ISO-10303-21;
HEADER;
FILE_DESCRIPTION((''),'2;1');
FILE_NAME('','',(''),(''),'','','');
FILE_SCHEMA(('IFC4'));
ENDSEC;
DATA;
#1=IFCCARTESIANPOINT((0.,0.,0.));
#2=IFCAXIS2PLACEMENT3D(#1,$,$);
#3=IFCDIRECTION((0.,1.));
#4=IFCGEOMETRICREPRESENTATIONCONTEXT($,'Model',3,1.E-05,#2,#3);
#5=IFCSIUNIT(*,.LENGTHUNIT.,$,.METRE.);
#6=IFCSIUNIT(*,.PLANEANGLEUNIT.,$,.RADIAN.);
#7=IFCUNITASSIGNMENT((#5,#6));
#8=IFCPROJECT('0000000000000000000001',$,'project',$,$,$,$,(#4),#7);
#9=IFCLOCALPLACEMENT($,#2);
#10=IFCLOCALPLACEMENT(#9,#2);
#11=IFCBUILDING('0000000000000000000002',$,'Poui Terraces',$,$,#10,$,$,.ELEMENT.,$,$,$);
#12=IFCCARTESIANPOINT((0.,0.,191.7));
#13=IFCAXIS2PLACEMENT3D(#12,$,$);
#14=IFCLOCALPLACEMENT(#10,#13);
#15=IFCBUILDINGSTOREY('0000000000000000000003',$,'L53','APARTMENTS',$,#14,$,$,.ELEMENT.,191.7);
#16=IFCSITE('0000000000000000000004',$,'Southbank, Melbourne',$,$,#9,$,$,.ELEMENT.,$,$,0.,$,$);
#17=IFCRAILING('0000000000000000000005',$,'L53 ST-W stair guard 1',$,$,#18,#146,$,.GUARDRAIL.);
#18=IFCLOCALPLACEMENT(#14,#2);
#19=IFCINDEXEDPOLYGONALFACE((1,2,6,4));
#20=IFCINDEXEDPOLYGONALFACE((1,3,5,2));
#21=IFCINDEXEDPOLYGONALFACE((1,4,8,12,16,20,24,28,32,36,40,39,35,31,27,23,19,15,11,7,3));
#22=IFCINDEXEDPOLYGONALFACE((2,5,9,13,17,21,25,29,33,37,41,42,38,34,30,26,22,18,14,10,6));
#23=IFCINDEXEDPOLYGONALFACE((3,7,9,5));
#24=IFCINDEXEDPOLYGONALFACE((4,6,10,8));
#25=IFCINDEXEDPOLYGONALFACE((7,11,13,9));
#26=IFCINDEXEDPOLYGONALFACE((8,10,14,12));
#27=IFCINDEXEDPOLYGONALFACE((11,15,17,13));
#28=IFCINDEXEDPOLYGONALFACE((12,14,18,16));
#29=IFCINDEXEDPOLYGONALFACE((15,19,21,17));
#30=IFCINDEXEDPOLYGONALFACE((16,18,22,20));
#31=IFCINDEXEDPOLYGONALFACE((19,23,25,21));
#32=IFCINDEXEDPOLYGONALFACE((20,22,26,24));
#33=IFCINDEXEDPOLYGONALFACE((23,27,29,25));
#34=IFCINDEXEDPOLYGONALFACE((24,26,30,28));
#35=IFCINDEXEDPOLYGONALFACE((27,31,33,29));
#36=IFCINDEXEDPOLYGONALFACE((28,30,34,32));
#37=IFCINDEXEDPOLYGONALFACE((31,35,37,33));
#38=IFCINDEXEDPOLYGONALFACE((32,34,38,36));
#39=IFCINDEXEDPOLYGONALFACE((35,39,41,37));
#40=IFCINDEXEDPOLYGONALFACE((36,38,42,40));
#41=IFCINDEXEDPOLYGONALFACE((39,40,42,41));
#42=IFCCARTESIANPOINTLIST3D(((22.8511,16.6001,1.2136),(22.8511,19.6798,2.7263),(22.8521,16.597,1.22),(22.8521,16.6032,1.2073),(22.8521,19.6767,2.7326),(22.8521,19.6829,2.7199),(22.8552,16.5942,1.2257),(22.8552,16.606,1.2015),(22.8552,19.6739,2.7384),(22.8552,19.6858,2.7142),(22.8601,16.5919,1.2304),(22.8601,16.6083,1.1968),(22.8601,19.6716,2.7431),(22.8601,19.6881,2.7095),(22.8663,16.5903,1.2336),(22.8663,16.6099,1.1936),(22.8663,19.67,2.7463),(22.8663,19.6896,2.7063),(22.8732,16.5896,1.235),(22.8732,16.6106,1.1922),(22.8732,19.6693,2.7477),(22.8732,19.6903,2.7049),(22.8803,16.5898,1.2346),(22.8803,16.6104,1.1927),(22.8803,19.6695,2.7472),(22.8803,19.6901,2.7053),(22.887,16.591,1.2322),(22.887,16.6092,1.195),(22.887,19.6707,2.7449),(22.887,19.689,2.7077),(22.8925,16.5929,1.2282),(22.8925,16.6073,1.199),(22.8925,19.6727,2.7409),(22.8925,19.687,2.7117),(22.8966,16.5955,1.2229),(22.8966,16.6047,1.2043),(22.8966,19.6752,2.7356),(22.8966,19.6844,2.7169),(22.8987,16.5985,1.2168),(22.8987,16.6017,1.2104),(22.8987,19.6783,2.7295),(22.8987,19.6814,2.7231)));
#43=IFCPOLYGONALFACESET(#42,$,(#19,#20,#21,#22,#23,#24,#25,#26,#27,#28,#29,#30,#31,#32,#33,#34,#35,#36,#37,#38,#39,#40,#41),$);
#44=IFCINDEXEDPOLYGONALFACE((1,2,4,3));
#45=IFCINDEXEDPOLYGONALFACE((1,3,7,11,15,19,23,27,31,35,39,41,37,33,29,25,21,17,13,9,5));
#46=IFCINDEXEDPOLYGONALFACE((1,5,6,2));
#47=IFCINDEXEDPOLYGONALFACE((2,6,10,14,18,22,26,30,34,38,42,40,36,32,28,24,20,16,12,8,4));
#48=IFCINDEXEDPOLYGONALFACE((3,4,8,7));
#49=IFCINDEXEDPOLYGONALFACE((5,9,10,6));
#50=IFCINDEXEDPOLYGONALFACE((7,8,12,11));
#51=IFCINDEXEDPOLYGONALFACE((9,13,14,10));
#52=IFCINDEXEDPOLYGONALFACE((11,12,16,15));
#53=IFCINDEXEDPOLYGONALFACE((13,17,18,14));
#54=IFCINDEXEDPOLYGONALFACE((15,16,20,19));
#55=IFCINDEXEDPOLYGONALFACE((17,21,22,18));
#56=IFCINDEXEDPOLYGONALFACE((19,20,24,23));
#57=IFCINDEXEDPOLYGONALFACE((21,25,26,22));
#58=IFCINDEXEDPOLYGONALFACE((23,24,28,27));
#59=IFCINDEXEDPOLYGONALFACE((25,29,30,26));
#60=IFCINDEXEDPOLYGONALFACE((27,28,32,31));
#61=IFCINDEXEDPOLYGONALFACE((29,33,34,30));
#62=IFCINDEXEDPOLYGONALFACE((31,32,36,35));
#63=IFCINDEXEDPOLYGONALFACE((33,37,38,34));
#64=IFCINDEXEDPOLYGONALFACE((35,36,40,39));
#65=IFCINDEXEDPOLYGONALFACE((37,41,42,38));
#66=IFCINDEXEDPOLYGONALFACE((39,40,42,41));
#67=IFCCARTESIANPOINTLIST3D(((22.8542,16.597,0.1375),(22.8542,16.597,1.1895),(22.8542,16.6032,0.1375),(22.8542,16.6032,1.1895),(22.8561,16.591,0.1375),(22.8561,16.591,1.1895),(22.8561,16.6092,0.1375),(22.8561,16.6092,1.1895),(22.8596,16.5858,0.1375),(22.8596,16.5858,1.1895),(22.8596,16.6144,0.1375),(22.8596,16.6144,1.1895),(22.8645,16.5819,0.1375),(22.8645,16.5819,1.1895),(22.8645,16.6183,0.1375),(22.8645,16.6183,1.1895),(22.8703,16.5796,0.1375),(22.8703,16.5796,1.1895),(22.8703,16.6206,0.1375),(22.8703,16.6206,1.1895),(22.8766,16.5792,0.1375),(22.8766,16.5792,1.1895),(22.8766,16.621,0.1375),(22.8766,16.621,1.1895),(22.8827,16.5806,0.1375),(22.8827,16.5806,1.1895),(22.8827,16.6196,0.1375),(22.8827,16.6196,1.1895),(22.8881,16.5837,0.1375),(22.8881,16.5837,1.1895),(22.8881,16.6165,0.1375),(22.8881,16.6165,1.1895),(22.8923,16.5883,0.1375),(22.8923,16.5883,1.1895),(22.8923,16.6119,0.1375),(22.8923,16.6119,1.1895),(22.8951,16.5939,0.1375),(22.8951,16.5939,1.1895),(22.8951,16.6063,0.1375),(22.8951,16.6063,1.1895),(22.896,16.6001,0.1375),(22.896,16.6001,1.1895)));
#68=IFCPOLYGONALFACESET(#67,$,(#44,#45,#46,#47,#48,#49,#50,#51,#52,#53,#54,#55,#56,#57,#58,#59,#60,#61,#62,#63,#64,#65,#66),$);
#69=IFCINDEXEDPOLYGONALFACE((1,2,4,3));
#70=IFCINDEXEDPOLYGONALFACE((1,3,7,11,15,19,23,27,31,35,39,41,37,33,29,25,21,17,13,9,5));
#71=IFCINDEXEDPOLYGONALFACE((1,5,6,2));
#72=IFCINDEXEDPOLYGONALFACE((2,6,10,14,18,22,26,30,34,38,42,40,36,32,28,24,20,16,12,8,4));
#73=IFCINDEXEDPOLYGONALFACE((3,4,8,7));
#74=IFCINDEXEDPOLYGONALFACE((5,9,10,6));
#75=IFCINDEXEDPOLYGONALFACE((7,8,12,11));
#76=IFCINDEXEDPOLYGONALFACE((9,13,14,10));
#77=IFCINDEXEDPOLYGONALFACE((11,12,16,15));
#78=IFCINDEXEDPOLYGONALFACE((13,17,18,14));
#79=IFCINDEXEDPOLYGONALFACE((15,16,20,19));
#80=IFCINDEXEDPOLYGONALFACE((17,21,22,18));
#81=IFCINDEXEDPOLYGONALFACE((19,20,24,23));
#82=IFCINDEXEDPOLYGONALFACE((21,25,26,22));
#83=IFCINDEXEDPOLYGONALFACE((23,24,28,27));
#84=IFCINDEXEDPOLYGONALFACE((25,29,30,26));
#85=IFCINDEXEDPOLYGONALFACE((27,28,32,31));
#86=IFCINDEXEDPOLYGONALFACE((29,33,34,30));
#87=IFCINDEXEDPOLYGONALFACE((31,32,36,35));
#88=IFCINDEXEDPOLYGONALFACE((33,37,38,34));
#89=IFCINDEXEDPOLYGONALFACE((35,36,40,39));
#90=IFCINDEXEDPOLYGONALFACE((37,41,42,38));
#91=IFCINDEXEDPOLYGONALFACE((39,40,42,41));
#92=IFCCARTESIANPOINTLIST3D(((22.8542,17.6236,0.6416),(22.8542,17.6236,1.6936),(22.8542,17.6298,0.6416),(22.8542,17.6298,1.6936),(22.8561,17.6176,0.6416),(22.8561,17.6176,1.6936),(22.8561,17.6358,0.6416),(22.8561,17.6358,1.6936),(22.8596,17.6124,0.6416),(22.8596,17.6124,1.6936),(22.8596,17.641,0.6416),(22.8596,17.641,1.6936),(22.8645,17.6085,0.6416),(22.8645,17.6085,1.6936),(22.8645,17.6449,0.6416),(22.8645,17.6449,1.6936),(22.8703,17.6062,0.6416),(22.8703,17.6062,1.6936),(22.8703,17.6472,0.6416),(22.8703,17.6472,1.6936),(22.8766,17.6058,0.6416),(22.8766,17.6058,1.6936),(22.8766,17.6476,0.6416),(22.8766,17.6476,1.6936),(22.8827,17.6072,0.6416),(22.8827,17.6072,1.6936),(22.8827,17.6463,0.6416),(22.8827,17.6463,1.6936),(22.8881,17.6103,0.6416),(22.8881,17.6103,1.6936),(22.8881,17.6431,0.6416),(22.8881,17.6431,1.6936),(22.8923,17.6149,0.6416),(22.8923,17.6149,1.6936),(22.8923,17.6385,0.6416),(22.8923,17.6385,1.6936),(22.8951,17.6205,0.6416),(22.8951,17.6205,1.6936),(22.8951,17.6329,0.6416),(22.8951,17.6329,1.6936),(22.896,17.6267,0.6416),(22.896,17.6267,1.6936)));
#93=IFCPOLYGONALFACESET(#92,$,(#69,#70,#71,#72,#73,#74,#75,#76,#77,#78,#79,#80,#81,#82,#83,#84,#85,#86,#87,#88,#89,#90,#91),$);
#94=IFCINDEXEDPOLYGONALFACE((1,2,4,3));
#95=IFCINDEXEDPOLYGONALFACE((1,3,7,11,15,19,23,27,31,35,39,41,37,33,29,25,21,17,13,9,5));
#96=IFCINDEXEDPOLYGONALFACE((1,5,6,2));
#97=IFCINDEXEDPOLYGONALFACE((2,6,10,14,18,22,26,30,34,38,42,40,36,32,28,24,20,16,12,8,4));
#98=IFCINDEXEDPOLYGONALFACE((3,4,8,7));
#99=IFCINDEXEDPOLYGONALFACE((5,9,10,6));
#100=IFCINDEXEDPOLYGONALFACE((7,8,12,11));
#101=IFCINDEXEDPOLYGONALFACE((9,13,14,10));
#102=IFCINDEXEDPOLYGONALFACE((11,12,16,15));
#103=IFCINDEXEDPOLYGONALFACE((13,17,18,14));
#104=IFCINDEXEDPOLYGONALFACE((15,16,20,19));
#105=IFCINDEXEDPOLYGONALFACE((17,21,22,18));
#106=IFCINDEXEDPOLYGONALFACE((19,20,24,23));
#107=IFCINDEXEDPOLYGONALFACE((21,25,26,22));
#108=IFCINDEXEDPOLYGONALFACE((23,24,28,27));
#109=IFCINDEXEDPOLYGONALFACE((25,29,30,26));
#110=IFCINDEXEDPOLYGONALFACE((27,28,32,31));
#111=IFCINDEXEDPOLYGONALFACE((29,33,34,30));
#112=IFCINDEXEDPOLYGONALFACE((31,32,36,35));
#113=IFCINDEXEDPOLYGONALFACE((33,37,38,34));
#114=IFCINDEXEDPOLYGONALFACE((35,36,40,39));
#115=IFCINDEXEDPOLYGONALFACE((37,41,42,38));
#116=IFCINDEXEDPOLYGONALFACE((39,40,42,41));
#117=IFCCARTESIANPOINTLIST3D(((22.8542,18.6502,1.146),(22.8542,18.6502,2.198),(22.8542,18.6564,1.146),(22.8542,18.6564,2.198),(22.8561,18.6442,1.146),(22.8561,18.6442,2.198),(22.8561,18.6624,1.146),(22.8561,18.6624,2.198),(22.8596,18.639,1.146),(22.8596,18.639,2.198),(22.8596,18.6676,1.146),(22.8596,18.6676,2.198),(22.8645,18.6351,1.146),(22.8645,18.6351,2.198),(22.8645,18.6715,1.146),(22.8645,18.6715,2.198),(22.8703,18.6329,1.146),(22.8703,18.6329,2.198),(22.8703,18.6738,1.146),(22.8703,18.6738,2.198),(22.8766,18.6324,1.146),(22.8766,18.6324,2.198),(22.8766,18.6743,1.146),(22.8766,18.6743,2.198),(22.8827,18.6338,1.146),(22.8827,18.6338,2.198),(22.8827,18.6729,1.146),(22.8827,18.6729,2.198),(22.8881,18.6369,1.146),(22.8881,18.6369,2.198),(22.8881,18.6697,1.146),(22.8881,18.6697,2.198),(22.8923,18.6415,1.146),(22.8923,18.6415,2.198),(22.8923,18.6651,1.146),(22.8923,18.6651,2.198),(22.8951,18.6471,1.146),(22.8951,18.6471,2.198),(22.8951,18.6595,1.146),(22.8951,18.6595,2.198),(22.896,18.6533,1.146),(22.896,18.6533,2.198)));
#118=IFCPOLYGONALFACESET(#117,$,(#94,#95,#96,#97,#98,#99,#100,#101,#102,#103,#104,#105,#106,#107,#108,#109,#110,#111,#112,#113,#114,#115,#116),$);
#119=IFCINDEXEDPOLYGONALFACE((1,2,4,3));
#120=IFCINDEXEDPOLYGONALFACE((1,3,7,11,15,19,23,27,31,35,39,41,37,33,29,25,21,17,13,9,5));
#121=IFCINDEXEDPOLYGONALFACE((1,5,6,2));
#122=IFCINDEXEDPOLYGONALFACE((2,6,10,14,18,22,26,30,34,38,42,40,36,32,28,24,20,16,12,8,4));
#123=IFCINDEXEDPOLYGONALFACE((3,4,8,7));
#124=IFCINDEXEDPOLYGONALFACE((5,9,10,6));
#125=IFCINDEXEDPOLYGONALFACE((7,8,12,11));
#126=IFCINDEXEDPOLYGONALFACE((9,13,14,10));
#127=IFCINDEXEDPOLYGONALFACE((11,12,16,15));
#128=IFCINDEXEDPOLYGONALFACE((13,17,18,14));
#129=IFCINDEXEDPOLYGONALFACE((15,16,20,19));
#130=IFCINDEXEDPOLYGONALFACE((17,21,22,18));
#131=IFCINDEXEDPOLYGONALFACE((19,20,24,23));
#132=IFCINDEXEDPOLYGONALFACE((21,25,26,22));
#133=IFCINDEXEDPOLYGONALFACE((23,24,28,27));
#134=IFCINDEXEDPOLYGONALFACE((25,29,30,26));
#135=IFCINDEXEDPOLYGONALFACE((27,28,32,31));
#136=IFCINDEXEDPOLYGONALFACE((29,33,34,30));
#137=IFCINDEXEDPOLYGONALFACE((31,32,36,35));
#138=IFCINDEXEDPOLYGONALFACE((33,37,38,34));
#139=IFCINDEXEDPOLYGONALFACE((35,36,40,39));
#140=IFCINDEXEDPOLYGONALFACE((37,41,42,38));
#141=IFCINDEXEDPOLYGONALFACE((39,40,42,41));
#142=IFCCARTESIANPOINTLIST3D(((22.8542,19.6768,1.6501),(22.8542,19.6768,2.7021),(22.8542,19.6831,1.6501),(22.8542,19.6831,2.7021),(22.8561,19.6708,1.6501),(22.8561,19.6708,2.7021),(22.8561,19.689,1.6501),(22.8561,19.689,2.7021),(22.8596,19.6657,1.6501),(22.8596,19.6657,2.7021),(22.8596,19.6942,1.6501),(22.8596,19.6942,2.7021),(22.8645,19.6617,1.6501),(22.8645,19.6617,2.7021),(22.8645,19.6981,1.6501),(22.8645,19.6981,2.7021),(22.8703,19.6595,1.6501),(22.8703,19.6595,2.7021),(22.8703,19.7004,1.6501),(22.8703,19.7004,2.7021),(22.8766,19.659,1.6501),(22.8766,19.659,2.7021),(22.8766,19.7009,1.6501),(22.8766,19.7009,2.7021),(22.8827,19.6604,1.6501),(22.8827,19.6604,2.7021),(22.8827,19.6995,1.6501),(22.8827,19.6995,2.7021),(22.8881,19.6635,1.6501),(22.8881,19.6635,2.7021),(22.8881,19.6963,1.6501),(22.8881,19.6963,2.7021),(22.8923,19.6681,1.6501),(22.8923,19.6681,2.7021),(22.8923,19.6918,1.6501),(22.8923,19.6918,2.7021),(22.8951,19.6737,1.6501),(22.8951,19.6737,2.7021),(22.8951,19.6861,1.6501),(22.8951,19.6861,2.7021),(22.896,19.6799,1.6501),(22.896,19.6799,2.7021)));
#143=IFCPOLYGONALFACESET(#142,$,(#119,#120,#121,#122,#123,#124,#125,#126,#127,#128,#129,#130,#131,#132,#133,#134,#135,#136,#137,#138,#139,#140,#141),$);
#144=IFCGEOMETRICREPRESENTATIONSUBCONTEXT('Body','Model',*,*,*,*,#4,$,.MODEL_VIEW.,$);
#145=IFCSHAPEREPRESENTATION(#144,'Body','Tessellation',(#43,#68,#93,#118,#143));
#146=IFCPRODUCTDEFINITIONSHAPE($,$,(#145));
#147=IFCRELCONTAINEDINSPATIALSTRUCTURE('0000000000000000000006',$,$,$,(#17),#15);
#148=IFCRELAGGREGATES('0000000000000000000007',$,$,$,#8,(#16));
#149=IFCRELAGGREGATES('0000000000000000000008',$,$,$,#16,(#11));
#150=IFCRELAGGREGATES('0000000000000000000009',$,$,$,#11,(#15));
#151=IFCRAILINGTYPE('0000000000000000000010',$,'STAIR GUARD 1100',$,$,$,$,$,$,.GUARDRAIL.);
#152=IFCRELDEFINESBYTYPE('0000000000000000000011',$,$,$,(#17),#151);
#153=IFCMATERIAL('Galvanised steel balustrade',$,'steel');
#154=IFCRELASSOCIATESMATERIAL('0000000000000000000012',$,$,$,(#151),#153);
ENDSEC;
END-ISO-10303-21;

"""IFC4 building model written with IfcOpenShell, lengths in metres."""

from ifc_helpers import new_model, si_unit, direction, frame, origin, origin_2d, place, context, subcontext, project, spatial, circle, extrude, material, type_object, element, save


model = new_model("IFC4")

# Units and contexts
model_context = context("Model", 3, precision=1e-05, world=origin(), true_north=direction((0.0, 1.0)))
body_context = subcontext(model_context, "Body", "Model", "MODEL_VIEW")
ifc_project = project(units=[si_unit("LENGTHUNIT", "METRE"), si_unit("PLANEANGLEUNIT", "RADIAN")], contexts=[model_context])

# Site, building, storey
site_placement = place(None, origin())
site = spatial("IfcSite", under=ifc_project, at=site_placement, Name="Southbank, Melbourne", CompositionType="ELEMENT", RefElevation=0.0)
building_placement = place(site_placement, origin())
building = spatial("IfcBuilding", under=site, at=building_placement, Name="Poui Terraces", CompositionType="ELEMENT")
storey_placement = place(building_placement, frame((0.0, 0.0, 191.7)))
storey = spatial("IfcBuildingStorey", under=building, at=storey_placement, Name="L53", Description="APARTMENTS", CompositionType="ELEMENT", Elevation=191.7)

# Railing
ifc_material_1 = material(Name="Galvanised steel balustrade", Category="steel")
railing_type_1 = type_object("IfcRailingType", Name="STAIR GUARD 1100", PredefinedType="GUARDRAIL", material=ifc_material_1)
railing_1_placement = place(storey_placement, frame((22.875, 16.6001, 0.1375)))
element("IfcRailing", 1, at=railing_1_placement, inside=storey, type_object=railing_type_1, Name="L53 ST-W stair guard 1", PredefinedType="GUARDRAIL", context=body_context, shape_type="SweptSolid", body=[
    extrude(circle(Radius=0.0239, at=origin_2d()), frame((0.0, 0.0, 1.0762), z_axis=(0.0, 0.897578, 0.440856), x_axis=(-1.0, 0.0, 0.0)), (0.0, 0.0, 1.0), 3.4312),
    extrude(circle(Radius=0.021, at=origin_2d()), origin(), (0.0, 0.0, 1.0), 1.052),
    extrude(circle(Radius=0.021, at=origin_2d()), frame((0.0, 1.0266, 0.5042)), (0.0, 0.0, 1.0), 1.052),
    extrude(circle(Radius=0.021, at=origin_2d()), frame((0.0, 2.0532, 1.0085)), (0.0, 0.0, 1.0), 1.052),
    extrude(circle(Radius=0.021, at=origin_2d()), frame((0.0, 3.0798, 1.5127)), (0.0, 0.0, 1.0), 1.052),
])

save(model, "model.ifc")
